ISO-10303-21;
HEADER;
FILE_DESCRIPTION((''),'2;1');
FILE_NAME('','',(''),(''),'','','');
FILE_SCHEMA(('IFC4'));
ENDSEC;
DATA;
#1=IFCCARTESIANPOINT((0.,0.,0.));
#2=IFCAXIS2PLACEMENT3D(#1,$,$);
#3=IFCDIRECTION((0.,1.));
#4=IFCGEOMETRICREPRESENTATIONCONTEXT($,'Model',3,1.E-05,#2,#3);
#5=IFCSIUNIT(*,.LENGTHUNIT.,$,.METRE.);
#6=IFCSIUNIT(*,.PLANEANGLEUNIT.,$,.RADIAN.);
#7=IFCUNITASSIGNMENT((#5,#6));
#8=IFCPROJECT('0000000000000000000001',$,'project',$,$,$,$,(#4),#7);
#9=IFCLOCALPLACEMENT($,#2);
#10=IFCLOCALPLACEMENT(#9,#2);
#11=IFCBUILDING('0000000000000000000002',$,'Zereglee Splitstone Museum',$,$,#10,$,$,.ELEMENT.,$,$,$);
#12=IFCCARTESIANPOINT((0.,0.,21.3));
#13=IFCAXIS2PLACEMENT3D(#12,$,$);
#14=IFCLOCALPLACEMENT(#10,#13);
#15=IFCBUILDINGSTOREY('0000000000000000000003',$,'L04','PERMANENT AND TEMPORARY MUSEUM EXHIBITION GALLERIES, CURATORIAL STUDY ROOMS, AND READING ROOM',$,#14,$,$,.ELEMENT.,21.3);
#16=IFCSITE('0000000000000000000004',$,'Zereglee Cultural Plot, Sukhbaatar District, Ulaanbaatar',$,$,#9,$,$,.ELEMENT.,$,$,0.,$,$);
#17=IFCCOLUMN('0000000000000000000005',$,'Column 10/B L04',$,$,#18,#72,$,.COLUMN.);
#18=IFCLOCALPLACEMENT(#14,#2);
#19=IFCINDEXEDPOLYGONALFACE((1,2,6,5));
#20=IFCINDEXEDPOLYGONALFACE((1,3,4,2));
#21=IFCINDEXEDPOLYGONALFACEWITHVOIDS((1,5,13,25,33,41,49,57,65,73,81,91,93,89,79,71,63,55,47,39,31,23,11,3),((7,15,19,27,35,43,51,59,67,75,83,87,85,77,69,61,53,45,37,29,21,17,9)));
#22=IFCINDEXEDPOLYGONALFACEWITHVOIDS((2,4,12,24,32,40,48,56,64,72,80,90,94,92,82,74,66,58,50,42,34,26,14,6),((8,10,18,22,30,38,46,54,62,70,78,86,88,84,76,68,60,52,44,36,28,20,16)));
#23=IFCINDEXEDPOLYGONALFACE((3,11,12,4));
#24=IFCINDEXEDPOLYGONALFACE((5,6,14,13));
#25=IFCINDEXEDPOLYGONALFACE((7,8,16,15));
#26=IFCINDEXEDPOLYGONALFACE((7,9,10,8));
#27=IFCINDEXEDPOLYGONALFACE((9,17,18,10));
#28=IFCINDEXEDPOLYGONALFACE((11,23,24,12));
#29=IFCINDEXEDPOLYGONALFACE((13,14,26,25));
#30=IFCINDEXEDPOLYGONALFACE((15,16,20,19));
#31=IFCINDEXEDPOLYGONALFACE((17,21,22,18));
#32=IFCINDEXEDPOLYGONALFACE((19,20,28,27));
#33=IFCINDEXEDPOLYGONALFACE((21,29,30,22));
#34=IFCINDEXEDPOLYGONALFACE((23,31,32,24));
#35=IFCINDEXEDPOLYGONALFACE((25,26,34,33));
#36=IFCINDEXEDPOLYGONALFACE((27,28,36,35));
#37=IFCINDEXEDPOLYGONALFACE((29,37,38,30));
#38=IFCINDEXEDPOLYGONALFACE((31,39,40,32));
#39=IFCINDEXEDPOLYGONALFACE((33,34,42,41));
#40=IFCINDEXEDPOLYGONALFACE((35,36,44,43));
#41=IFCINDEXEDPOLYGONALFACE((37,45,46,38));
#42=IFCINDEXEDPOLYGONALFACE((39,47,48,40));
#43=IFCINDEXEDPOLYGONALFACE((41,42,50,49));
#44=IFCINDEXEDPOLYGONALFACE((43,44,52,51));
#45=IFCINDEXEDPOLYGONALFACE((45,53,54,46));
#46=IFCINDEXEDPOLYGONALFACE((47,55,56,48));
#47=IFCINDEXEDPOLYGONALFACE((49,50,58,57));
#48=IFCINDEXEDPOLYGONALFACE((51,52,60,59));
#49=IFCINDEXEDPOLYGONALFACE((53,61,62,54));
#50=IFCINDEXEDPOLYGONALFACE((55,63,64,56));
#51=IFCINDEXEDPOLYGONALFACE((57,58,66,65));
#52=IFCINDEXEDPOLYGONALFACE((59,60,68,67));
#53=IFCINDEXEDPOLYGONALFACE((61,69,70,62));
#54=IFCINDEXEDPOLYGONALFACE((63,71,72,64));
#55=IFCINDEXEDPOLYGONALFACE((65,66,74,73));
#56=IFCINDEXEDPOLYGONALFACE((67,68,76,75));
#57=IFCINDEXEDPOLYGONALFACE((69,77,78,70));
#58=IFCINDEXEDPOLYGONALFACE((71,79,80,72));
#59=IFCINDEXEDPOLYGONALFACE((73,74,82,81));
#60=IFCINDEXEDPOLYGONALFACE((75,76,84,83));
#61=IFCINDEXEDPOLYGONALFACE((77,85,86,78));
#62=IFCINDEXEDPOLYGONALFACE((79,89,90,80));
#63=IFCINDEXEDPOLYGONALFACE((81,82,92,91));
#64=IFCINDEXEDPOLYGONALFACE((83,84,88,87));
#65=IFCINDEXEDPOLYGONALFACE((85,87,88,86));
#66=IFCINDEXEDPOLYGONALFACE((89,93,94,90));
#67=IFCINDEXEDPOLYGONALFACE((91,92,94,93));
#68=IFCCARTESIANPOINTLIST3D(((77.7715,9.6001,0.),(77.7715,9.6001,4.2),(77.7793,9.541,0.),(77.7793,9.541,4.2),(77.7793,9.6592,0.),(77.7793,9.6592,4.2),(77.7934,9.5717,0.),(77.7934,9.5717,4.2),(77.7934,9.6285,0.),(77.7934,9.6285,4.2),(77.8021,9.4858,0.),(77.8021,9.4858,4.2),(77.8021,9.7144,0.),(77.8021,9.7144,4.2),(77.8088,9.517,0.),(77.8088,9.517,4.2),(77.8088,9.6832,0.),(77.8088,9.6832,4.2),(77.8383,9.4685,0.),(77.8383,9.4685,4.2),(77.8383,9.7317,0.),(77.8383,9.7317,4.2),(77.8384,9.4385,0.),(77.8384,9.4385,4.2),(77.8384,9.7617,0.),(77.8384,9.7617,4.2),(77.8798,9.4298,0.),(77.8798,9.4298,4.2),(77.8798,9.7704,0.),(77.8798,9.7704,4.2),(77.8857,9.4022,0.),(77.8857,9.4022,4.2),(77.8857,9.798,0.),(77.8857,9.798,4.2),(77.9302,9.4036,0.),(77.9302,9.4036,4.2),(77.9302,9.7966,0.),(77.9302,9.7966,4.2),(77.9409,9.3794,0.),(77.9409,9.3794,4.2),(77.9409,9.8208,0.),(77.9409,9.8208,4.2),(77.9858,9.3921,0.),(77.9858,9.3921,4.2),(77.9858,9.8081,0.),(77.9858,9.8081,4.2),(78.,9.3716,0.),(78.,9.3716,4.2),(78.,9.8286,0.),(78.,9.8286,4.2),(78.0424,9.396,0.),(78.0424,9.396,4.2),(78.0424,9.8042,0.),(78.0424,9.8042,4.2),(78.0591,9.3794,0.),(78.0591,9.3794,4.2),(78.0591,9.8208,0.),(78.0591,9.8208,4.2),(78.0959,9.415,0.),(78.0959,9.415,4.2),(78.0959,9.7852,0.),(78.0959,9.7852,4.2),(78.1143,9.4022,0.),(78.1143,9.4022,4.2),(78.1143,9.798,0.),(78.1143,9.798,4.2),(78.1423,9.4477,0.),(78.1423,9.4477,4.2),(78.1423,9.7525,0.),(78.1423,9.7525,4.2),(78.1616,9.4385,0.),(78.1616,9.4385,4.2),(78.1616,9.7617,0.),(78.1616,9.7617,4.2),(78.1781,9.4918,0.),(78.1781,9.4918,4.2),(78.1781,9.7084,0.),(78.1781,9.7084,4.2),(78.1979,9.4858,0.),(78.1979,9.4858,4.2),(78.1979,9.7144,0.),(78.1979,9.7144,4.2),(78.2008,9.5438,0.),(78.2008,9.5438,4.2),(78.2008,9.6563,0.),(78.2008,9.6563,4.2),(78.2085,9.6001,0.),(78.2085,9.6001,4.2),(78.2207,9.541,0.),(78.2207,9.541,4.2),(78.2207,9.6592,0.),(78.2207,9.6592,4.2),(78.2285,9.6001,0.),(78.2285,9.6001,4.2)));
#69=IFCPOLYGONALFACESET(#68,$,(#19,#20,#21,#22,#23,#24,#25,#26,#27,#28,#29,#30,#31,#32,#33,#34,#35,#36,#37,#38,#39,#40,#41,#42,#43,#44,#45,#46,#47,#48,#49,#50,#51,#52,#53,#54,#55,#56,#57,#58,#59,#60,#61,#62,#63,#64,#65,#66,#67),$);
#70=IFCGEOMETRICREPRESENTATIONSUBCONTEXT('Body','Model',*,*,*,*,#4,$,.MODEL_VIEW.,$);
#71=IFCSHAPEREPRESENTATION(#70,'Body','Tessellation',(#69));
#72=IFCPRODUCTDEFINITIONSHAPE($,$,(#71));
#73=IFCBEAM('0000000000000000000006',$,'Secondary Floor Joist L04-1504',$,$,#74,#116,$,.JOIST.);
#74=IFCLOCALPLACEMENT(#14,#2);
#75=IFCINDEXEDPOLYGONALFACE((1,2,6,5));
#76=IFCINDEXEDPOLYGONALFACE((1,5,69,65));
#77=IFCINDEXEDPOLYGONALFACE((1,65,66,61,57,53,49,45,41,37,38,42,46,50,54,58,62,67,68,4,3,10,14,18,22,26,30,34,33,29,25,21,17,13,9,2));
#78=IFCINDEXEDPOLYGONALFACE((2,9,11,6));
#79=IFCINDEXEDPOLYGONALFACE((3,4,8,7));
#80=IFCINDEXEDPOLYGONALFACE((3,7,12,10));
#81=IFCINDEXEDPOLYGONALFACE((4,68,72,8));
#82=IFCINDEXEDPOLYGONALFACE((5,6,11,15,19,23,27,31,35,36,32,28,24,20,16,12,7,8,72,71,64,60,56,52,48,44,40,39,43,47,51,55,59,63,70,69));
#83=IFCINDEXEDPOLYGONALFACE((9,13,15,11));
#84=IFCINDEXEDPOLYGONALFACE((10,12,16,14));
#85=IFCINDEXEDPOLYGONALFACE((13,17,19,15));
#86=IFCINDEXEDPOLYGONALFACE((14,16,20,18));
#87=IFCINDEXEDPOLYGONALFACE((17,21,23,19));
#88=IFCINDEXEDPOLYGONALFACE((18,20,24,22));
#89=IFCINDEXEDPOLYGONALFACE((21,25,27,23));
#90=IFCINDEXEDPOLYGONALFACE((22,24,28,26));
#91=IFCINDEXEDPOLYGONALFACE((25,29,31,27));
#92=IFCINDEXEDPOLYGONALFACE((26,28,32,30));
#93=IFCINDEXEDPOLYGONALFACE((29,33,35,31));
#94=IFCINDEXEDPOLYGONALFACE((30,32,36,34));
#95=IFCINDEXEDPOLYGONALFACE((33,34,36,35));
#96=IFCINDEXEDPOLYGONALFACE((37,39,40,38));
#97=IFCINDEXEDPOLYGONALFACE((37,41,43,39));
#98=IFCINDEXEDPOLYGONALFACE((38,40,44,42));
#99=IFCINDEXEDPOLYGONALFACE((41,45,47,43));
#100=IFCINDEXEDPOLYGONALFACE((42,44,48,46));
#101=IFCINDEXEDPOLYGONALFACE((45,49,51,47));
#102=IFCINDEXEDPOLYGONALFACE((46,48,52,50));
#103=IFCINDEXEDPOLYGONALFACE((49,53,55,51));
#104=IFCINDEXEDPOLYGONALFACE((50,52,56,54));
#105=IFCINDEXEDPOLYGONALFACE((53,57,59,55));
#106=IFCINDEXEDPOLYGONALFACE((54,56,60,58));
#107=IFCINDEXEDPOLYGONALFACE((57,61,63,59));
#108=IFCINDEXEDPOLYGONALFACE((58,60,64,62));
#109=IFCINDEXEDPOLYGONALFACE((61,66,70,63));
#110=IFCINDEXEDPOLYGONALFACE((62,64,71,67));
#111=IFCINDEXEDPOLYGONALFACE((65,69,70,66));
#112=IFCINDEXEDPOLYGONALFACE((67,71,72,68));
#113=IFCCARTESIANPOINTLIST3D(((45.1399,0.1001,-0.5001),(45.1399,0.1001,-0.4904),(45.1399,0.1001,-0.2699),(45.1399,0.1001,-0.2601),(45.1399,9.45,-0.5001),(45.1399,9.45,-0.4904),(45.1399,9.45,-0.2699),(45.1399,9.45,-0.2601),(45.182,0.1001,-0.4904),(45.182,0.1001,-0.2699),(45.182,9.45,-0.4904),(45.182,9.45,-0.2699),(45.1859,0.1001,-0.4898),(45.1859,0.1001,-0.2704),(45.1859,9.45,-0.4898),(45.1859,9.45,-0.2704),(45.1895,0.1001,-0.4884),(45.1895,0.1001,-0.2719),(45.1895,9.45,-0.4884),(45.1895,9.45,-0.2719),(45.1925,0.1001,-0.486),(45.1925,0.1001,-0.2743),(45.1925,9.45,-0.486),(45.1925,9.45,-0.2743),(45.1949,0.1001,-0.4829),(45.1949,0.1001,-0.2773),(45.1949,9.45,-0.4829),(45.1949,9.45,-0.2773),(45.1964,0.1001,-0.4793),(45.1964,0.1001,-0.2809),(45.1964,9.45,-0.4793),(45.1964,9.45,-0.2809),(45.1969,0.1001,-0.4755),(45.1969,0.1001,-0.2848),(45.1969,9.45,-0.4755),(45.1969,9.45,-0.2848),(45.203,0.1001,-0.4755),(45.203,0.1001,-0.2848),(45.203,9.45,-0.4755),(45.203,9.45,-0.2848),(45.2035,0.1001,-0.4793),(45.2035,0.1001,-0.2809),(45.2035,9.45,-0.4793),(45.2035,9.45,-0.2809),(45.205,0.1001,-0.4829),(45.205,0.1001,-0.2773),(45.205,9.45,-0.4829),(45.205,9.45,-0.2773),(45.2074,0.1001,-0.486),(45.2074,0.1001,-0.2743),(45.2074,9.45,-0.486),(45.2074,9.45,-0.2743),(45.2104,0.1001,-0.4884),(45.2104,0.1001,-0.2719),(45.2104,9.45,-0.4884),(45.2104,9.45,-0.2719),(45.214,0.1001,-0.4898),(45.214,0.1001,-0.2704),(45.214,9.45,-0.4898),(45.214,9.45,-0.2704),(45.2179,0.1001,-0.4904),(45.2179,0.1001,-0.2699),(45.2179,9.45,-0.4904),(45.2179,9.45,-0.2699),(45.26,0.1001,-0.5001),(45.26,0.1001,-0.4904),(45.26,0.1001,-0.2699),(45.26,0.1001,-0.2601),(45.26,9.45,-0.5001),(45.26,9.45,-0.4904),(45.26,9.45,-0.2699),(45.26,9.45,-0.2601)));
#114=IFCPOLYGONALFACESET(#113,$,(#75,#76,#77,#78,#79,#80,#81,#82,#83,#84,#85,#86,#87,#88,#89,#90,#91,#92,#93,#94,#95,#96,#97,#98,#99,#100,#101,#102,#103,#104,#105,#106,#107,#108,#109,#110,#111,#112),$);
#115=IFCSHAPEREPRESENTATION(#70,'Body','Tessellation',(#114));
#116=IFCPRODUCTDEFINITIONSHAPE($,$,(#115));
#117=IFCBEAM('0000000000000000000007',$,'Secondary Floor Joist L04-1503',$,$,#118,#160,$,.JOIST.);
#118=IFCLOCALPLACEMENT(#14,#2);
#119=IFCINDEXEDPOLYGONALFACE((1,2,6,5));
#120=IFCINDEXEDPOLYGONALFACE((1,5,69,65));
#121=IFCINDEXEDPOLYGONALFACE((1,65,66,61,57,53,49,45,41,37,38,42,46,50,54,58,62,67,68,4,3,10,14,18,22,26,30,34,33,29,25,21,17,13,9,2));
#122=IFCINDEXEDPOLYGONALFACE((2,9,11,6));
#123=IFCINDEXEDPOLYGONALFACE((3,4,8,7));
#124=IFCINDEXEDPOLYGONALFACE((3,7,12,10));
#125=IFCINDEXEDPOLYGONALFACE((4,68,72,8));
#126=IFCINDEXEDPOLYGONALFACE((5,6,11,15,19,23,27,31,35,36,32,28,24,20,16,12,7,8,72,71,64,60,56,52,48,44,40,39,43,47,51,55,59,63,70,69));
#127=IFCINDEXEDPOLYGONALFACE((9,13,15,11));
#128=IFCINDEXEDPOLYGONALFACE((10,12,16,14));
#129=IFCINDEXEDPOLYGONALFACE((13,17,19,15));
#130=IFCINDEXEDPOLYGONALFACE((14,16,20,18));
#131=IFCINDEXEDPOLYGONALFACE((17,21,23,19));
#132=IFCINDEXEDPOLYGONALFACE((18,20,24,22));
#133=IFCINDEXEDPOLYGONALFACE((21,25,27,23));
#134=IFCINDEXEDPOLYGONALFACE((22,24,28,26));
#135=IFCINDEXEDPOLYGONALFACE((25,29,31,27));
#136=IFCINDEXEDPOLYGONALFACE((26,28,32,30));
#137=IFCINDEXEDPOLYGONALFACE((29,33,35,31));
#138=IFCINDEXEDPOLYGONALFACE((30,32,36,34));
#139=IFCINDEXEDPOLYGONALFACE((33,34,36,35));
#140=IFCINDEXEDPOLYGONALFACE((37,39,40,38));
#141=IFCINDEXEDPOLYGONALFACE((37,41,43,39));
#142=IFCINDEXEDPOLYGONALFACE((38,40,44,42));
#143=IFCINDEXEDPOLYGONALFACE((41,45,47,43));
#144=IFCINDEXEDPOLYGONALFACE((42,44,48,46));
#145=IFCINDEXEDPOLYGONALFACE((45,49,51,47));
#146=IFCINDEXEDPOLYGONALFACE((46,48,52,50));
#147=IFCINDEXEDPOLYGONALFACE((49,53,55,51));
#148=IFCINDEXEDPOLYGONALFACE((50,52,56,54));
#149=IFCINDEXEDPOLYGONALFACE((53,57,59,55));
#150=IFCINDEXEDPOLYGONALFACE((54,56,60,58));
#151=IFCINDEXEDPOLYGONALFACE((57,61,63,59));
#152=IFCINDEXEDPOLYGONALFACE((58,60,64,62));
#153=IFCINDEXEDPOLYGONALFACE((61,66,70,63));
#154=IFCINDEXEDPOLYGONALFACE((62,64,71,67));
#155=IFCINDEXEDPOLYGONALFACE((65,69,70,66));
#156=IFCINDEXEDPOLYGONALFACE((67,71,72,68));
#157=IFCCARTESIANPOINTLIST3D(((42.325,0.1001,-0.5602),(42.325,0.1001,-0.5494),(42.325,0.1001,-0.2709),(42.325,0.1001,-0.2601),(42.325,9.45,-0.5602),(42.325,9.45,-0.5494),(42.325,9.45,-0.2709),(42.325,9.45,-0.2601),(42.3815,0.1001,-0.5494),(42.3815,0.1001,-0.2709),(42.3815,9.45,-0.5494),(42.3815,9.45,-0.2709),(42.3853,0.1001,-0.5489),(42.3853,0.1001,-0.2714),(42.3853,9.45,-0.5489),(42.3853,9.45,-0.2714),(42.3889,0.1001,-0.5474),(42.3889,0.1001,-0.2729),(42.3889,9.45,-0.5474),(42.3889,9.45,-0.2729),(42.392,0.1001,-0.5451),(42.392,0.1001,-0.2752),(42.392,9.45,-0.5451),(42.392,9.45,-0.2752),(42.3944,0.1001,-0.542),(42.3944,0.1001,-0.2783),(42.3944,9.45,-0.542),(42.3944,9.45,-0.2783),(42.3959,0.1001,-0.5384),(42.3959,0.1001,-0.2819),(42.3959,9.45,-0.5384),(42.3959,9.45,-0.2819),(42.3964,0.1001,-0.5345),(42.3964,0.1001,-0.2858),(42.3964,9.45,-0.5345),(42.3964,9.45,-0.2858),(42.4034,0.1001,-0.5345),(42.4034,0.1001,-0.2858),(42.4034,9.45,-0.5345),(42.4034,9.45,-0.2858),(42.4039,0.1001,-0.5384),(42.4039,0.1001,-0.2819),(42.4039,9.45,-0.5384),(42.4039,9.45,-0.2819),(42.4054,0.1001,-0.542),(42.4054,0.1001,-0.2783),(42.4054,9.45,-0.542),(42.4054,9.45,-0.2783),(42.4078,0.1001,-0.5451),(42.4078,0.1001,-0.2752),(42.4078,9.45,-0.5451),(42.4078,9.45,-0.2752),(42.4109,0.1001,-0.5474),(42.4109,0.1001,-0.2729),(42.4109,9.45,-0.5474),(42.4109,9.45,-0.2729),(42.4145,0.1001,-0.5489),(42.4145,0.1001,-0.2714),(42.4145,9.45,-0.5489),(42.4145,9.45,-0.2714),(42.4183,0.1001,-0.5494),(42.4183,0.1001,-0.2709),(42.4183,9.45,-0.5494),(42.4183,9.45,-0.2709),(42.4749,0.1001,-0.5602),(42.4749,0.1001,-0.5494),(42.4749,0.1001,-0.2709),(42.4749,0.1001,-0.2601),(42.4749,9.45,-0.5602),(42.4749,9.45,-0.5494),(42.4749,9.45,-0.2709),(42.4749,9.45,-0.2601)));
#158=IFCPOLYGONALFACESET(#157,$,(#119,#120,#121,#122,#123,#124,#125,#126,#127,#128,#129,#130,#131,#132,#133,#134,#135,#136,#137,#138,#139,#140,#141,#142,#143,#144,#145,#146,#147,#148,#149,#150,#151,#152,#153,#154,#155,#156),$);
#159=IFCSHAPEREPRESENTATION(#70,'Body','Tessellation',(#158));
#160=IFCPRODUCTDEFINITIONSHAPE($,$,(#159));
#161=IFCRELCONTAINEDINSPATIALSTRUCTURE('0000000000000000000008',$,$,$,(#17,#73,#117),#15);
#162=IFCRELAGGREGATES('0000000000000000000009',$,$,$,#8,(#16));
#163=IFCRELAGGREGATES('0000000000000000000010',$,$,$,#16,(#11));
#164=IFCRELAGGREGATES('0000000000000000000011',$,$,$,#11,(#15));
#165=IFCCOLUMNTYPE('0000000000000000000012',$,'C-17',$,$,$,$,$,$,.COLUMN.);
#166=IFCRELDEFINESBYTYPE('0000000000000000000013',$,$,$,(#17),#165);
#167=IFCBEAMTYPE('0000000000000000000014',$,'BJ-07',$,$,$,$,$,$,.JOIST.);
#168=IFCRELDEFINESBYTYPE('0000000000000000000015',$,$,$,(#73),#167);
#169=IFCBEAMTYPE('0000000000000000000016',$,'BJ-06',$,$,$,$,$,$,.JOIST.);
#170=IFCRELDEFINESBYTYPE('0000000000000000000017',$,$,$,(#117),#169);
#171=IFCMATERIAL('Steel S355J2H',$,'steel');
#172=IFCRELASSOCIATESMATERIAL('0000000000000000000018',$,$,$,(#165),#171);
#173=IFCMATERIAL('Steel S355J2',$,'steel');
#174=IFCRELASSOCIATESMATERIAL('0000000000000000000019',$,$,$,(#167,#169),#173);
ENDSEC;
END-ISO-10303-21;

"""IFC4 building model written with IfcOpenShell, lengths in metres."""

from ifc_helpers import new_model, si_unit, direction, frame, origin, origin_2d, place, context, subcontext, project, spatial, hollow_circle, i_section, extrude, material, material_profile, profile_set, type_object, element, save


model = new_model("IFC4")

# Units and contexts
model_context = context("Model", 3, precision=1e-05, world=origin(), true_north=direction((0.0, 1.0)))
body_context = subcontext(model_context, "Body", "Model", "MODEL_VIEW")
ifc_project = project(units=[si_unit("LENGTHUNIT", "METRE"), si_unit("PLANEANGLEUNIT", "RADIAN")], contexts=[model_context])

# Site, building, storey
site_placement = place(None, origin())
site = spatial("IfcSite", under=ifc_project, at=site_placement, Name="Zereglee Cultural Plot, Sukhbaatar District, Ulaanbaatar", CompositionType="ELEMENT", RefElevation=0.0)
building_placement = place(site_placement, origin())
building = spatial("IfcBuilding", under=site, at=building_placement, Name="Zereglee Splitstone Museum", CompositionType="ELEMENT")
storey_placement = place(building_placement, frame((0.0, 0.0, 21.3)))
storey = spatial("IfcBuildingStorey", under=building, at=storey_placement, Name="L04", Description="PERMANENT AND TEMPORARY MUSEUM EXHIBITION GALLERIES, CURATORIAL STUDY ROOMS, AND READING ROOM", CompositionType="ELEMENT", Elevation=21.3)

# Column
ifc_material_1 = material(Name="Steel S355J2H", Category="steel")
ifc_material_profile_1 = material_profile(ifc_material_1, hollow_circle(Radius=0.2285, WallThickness=0.02, at=origin_2d()), Name="CHS 457.0x20")
ifc_profile_set_1 = profile_set([ifc_material_profile_1], Name="Steel S355J2H")
column_type = type_object("IfcColumnType", Name="C-17", PredefinedType="COLUMN", material=ifc_profile_set_1)
column_placement = place(storey_placement, frame((78.0, 9.6001, 0.0), z_axis=(0.0, 0.0, 1.0), x_axis=(1.0, 0.0, 0.0)))
element("IfcColumn", 1, at=column_placement, inside=storey, type_object=column_type, Name="Column 10/B L04", PredefinedType="COLUMN", context=body_context, shape_type="SweptSolid", body=[
    extrude(hollow_circle(Radius=0.2285, WallThickness=0.02, at=origin_2d()), origin(), (0.0, 0.0, 1.0), 4.2),
])

# Beams
ifc_material_2 = material(Name="Steel S355J2", Category="steel")
ifc_material_profile_2 = material_profile(ifc_material_2, i_section(OverallWidth=0.1201, OverallDepth=0.24, WebThickness=0.0061, FlangeThickness=0.0098, FilletRadius=0.0149, at=origin_2d()), Name="IPE 240")
ifc_profile_set_2 = profile_set([ifc_material_profile_2], Name="Steel S355J2")
beam_type_1 = type_object("IfcBeamType", Name="BJ-07", PredefinedType="JOIST", material=ifc_profile_set_2)
beam_1_placement = place(storey_placement, frame((45.2, 0.1001, -0.3801), z_axis=(0.0, 1.0, 0.0), x_axis=(-1.0, 0.0, 0.0)))
element("IfcBeam", 2, at=beam_1_placement, inside=storey, type_object=beam_type_1, Name="Secondary Floor Joist L04-1504", PredefinedType="JOIST", context=body_context, shape_type="SweptSolid", body=[
    extrude(i_section(OverallWidth=0.1201, OverallDepth=0.24, WebThickness=0.0061, FlangeThickness=0.0098, FilletRadius=0.0149, at=origin_2d()), origin(), (0.0, 0.0, 1.0), 9.3499),
])
ifc_material_profile_3 = material_profile(ifc_material_2, i_section(OverallWidth=0.1499, OverallDepth=0.3, WebThickness=0.0071, FlangeThickness=0.0107, FilletRadius=0.0149, at=origin_2d()), Name="IPE 300")
ifc_profile_set_3 = profile_set([ifc_material_profile_3], Name="Steel S355J2")
beam_type_2 = type_object("IfcBeamType", Name="BJ-06", PredefinedType="JOIST", material=ifc_profile_set_3)
beam_2_placement = place(storey_placement, frame((42.3999, 0.1001, -0.4102), z_axis=(0.0, 1.0, 0.0), x_axis=(-1.0, 0.0, 0.0)))
element("IfcBeam", 3, at=beam_2_placement, inside=storey, type_object=beam_type_2, Name="Secondary Floor Joist L04-1503", PredefinedType="JOIST", context=body_context, shape_type="SweptSolid", body=[
    extrude(i_section(OverallWidth=0.1499, OverallDepth=0.3, WebThickness=0.0071, FlangeThickness=0.0107, FilletRadius=0.0149, at=origin_2d()), origin(), (0.0, 0.0, 1.0), 9.3499),
])

save(model, "model.ifc")
